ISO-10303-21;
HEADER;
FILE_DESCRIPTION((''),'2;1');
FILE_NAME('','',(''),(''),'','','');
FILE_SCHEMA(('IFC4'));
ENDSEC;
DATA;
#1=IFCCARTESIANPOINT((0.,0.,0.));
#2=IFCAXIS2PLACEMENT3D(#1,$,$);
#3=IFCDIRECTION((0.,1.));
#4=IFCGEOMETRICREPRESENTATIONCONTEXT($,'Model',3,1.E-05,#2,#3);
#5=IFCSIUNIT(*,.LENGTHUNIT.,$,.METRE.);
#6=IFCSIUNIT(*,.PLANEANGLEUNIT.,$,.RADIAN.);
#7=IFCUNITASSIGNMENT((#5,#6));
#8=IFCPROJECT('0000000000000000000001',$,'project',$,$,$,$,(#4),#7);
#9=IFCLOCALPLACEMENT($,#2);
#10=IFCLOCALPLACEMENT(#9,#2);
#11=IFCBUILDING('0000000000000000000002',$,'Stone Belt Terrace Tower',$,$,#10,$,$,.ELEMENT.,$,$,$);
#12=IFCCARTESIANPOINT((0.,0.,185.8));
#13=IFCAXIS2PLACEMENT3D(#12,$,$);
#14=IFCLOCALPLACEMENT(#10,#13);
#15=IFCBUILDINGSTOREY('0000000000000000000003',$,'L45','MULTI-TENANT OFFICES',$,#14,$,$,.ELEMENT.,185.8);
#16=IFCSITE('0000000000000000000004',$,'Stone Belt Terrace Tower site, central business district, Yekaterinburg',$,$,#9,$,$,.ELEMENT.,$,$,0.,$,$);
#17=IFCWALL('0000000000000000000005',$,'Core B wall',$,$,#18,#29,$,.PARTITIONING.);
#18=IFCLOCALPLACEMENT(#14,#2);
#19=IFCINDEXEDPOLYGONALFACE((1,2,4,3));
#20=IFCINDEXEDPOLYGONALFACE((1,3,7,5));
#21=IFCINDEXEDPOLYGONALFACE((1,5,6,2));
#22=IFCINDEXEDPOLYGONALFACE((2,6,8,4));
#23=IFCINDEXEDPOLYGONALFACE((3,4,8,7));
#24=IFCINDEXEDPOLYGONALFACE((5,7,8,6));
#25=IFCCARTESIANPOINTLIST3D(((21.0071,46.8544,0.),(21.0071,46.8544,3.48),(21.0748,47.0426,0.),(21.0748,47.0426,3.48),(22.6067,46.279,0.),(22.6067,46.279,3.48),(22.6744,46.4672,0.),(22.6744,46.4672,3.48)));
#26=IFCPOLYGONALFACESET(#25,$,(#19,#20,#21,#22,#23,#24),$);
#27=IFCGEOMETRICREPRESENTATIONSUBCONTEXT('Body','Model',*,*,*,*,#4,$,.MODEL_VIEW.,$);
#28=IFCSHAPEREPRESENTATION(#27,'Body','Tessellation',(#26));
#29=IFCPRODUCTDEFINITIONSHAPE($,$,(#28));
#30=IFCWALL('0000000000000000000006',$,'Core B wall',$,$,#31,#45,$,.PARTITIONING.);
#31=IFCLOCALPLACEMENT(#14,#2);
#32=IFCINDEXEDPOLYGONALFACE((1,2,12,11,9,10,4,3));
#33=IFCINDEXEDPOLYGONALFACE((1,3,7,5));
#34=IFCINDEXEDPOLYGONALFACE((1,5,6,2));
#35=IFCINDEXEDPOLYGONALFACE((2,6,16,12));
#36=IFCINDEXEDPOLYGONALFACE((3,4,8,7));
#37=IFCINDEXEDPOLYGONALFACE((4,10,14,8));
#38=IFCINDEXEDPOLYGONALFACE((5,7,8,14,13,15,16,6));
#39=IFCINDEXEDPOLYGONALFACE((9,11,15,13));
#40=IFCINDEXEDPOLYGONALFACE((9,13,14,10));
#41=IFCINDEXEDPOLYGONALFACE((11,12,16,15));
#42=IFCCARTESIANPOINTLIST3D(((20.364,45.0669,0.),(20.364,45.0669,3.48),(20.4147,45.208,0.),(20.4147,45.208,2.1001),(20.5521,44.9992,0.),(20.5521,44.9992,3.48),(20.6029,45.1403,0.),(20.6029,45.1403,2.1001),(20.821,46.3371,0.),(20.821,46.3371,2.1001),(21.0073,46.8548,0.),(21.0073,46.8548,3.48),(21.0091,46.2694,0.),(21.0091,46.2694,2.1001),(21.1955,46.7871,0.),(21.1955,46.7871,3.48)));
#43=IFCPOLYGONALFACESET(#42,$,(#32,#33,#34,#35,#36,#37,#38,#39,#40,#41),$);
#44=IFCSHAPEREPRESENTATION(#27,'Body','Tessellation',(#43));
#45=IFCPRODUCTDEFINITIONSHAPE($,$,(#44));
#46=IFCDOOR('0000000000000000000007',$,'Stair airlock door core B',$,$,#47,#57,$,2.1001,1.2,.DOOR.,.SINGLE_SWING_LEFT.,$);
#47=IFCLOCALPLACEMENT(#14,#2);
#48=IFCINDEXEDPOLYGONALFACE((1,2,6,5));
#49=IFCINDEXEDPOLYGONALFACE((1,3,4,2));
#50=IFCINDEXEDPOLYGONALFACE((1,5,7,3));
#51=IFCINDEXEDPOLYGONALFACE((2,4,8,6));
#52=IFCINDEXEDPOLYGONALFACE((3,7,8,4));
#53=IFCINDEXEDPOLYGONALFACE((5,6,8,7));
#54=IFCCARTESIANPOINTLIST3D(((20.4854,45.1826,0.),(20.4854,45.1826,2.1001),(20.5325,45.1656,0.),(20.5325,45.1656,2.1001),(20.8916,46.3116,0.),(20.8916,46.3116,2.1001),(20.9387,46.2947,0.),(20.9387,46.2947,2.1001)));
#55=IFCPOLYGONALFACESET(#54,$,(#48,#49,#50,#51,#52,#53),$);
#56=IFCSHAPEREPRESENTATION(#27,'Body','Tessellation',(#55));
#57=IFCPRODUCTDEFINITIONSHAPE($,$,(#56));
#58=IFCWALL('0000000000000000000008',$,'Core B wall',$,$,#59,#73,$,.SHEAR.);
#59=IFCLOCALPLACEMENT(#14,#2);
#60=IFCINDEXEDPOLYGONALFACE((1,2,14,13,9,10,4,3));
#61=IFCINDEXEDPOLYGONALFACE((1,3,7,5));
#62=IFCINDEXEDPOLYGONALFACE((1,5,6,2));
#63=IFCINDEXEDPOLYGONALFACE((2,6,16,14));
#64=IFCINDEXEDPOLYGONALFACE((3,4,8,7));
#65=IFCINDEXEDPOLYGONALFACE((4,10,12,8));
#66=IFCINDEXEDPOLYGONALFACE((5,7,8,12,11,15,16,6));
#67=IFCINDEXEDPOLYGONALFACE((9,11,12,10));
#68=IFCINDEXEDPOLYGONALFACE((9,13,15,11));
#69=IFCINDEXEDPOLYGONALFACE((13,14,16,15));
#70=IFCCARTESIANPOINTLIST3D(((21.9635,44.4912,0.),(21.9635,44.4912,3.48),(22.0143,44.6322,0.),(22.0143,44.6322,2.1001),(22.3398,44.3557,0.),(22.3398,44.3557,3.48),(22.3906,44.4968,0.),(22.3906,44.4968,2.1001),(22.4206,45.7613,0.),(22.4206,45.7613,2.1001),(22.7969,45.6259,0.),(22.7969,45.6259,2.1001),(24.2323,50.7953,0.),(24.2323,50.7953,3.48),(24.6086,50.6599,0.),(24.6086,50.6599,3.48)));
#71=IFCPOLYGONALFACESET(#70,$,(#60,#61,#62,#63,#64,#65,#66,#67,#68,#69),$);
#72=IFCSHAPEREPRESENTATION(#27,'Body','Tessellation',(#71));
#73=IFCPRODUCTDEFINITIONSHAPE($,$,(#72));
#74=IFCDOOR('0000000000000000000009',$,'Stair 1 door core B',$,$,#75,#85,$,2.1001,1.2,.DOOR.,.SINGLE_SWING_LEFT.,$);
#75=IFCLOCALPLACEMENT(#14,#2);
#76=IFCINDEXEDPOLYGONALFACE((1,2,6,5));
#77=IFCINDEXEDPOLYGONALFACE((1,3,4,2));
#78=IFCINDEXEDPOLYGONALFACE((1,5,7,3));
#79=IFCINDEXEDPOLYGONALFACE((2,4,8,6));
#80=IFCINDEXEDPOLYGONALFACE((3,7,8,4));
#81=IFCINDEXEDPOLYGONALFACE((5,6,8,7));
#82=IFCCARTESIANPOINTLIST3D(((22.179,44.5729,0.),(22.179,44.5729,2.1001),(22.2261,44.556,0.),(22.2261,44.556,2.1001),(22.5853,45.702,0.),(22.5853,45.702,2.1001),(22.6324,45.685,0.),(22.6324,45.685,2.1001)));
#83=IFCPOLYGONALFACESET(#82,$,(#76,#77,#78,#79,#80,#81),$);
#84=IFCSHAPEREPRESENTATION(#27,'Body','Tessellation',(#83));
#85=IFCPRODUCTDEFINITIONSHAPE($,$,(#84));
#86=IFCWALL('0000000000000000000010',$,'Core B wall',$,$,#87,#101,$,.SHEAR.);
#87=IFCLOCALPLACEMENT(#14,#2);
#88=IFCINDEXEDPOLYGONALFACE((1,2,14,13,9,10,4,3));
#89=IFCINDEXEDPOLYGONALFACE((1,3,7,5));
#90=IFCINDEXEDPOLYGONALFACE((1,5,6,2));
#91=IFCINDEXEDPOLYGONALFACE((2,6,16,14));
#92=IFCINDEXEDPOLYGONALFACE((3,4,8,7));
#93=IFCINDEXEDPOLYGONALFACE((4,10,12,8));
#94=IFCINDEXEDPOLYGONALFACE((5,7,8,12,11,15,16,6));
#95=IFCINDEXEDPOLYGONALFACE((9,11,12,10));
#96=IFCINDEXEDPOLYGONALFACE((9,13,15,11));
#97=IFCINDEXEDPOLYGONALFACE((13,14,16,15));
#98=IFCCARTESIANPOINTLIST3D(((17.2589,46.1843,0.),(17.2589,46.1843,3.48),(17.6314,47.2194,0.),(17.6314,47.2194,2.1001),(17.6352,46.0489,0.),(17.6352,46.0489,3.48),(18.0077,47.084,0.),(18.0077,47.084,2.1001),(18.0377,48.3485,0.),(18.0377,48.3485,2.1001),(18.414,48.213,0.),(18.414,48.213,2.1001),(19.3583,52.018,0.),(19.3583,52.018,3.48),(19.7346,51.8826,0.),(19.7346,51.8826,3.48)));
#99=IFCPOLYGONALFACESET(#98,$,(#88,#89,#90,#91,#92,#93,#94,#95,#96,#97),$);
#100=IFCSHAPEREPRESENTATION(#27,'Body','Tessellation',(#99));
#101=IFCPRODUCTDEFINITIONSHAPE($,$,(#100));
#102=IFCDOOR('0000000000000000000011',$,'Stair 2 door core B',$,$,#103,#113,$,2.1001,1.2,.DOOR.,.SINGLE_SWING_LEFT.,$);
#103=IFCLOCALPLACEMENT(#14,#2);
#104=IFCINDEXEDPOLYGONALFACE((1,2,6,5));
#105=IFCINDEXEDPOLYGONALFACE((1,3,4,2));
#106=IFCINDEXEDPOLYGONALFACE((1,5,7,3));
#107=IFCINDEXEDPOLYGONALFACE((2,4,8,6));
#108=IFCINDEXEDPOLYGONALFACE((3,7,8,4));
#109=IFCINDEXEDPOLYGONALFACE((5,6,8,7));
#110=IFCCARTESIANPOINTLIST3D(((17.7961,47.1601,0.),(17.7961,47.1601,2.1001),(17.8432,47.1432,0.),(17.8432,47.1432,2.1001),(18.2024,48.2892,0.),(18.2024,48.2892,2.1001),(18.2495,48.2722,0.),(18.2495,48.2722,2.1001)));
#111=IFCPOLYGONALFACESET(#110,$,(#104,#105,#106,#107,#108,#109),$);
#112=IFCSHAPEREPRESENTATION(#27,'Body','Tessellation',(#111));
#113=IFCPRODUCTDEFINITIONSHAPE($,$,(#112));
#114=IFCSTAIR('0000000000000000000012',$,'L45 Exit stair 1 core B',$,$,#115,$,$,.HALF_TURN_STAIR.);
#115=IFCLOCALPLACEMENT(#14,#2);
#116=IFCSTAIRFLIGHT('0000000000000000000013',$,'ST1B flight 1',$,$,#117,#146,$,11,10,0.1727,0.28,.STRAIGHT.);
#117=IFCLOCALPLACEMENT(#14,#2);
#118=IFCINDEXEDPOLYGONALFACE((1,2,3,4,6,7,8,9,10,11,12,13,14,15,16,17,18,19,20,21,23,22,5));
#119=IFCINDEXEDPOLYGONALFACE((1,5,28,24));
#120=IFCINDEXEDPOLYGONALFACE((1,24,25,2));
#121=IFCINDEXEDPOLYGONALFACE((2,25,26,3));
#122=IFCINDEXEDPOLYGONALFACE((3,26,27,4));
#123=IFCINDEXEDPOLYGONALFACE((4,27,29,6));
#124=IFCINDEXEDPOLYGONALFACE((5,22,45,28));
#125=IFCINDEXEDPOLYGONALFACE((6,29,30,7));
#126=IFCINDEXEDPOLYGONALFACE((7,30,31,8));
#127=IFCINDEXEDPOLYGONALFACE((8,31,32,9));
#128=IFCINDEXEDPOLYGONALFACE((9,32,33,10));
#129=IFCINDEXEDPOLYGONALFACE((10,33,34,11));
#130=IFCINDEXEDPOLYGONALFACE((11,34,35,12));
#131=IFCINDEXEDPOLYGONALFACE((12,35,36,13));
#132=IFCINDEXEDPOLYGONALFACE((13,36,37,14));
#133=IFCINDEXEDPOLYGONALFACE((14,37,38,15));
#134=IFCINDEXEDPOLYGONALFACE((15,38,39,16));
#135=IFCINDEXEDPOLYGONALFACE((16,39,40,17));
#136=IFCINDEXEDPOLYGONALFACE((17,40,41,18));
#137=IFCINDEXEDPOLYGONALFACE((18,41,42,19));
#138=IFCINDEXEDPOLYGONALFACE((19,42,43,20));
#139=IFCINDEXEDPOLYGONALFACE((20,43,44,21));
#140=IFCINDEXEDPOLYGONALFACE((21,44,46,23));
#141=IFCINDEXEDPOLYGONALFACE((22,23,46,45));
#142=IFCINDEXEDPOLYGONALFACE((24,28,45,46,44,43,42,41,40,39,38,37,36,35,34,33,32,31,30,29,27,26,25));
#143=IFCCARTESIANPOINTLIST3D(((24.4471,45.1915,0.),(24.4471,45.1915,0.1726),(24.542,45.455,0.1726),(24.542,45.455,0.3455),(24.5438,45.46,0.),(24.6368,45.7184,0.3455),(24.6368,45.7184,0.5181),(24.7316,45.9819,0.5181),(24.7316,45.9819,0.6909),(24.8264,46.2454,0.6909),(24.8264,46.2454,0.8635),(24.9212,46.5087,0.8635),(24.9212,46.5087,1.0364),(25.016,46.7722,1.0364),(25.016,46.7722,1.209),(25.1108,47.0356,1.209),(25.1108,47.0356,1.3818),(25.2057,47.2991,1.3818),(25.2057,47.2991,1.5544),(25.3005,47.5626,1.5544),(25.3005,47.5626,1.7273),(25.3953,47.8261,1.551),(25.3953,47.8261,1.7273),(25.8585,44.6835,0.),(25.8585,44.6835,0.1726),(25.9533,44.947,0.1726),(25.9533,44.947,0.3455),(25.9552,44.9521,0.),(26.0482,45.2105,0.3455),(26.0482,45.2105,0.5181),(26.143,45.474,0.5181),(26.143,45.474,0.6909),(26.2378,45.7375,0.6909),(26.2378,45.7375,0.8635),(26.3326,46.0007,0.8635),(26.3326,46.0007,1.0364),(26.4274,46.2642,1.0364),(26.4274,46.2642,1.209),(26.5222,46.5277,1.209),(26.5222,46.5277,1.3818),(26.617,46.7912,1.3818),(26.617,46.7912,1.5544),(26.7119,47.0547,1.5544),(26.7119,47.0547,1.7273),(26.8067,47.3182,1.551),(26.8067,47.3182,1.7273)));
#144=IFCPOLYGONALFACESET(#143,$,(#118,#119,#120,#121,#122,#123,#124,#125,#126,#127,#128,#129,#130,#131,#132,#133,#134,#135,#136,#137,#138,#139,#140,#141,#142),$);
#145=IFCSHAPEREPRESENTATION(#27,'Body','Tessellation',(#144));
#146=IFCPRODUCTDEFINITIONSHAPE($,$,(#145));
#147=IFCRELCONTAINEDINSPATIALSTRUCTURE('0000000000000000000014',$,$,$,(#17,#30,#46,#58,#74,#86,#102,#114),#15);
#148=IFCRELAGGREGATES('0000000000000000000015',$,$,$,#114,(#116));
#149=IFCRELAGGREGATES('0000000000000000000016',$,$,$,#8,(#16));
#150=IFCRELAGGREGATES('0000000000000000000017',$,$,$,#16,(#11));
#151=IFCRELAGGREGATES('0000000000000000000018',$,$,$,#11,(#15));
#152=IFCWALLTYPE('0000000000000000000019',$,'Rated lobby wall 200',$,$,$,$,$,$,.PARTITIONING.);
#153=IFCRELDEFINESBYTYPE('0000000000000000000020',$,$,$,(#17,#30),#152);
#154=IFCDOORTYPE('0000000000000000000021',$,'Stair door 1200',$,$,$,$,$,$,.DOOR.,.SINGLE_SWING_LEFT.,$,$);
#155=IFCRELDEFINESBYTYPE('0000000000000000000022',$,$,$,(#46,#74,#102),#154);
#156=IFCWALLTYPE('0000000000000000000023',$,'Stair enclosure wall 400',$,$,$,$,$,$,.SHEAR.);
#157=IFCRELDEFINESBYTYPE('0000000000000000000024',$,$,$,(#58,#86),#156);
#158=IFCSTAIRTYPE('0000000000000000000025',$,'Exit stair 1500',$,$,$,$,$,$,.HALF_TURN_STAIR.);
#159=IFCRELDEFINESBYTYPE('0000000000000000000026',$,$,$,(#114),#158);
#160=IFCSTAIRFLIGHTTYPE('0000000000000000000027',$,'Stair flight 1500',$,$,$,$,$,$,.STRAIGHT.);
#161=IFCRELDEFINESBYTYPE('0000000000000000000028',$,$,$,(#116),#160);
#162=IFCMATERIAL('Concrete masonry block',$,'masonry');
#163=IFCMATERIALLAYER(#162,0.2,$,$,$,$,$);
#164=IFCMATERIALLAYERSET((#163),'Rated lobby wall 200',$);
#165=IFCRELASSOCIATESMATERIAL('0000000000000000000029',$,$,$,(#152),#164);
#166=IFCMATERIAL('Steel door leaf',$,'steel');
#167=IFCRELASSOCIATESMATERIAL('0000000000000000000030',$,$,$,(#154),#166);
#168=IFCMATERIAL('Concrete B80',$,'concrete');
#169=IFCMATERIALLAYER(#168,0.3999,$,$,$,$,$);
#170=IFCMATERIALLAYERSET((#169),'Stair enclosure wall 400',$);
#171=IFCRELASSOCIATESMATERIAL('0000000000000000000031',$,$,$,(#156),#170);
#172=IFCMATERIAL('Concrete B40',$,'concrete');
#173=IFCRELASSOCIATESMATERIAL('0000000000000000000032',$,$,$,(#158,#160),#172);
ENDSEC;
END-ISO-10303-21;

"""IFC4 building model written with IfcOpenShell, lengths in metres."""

from ifc_helpers import new_model, si_unit, direction, frame, frame_2d, origin, place, context, subcontext, project, spatial, polyline, rectangle, outline, extrude, material, layer, layer_set, type_object, element, fill, aggregate, save


model = new_model("IFC4")

# Units and contexts
model_context = context("Model", 3, precision=1e-05, world=origin(), true_north=direction((0.0, 1.0)))
body_context = subcontext(model_context, "Body", "Model", "MODEL_VIEW")
ifc_project = project(units=[si_unit("LENGTHUNIT", "METRE"), si_unit("PLANEANGLEUNIT", "RADIAN")], contexts=[model_context])

# Site, building, storey
site_placement = place(None, origin())
site = spatial("IfcSite", under=ifc_project, at=site_placement, Name="Stone Belt Terrace Tower site, central business district, Yekaterinburg", CompositionType="ELEMENT", RefElevation=0.0)
building_placement = place(site_placement, origin())
building = spatial("IfcBuilding", under=site, at=building_placement, Name="Stone Belt Terrace Tower", CompositionType="ELEMENT")
storey_placement = place(building_placement, frame((0.0, 0.0, 185.8)))
storey = spatial("IfcBuildingStorey", under=building, at=storey_placement, Name="L45", Description="MULTI-TENANT OFFICES", CompositionType="ELEMENT", Elevation=185.8)

# Shared definitions
ifc_material_1 = material(Name="Concrete B80", Category="concrete")

# Wall
ifc_material_2 = material(Name="Concrete masonry block", Category="masonry")
ifc_layer_1 = layer(ifc_material_2, 0.2)
ifc_layer_set_1 = layer_set([ifc_layer_1], Name="Rated lobby wall 200")
wall_type_1 = type_object("IfcWallType", Name="Rated lobby wall 200", PredefinedType="PARTITIONING", material=ifc_layer_set_1)
wall_1_placement = place(storey_placement, frame((22.6406, 46.373, 0.0), z_axis=(0.0, 0.0, 1.0), x_axis=(-0.940966, 0.338501, 0.0)))
element("IfcWall", 1, at=wall_1_placement, inside=storey, type_object=wall_type_1, Name="Core B wall", PredefinedType="PARTITIONING", context=body_context, shape_type="SweptSolid", body=[
    extrude(rectangle(XDim=1.7, YDim=0.2, at=frame_2d((0.8501, 0.0))), origin(), (0.0, 0.0, 1.0), 3.48),
])

# Walls, openings, doors
wall_2_placement = place(storey_placement, frame((20.458, 45.033, 0.0), z_axis=(0.0, 0.0, 1.0), x_axis=(0.338574, 0.94094, 0.0)))
wall_2 = element("IfcWall", 2, at=wall_2_placement, inside=storey, type_object=wall_type_1, Name="Core B wall", PredefinedType="PARTITIONING", context=body_context, shape_type="SweptSolid", body=[
    extrude(rectangle(XDim=1.9001, YDim=0.2, at=frame_2d((0.9502, 0.0))), origin(), (0.0, 0.0, 1.0), 3.48),
])
opening_1_placement = place(wall_2_placement, frame((0.1499, 0.0, 0.0)))
opening_1 = element("IfcOpeningElement", 3, at=opening_1_placement, cuts=wall_2, PredefinedType="OPENING", context=body_context, shape_type="SweptSolid", body=[
    extrude(rectangle(XDim=1.2, YDim=2.1001, at=frame_2d((0.6001, 1.05))), frame((0.0, 0.1099, 0.0), z_axis=(0.0, -1.0, 0.0), x_axis=(1.0, 0.0, 0.0)), (0.0, 0.0, 1.0), 0.22),
])
ifc_material_3 = material(Name="Steel door leaf", Category="steel")
door_type_1 = type_object("IfcDoorType", Name="Stair door 1200", OperationType="SINGLE_SWING_LEFT", PredefinedType="DOOR", material=ifc_material_3)
door_1_placement = place(opening_1_placement, origin())
door_1 = element("IfcDoor", 4, at=door_1_placement, inside=storey, type_object=door_type_1, Name="Stair airlock door core B", OperationType="SINGLE_SWING_LEFT", OverallHeight=2.1001, OverallWidth=1.2, PredefinedType="DOOR", context=body_context, shape_type="SweptSolid", body=[
    extrude(rectangle(XDim=1.2, YDim=2.1001, at=frame_2d((0.6001, 1.05))), frame((0.0, 0.0249, 0.0), z_axis=(0.0, -1.0, 0.0), x_axis=(1.0, 0.0, 0.0)), (0.0, 0.0, 1.0), 0.05),
])
fill(opening_1, door_1)
ifc_layer_2 = layer(ifc_material_1, 0.3999)
ifc_layer_set_2 = layer_set([ifc_layer_2], Name="Stair enclosure wall 400")
wall_type_2 = type_object("IfcWallType", Name="Stair enclosure wall 400", PredefinedType="SHEAR", material=ifc_layer_set_2)
wall_3_placement = place(storey_placement, frame((22.1516, 44.4233, 0.0), z_axis=(0.0, 0.0, 1.0), x_axis=(0.338625, 0.940921, 0.0)))
wall_3 = element("IfcWall", 5, at=wall_3_placement, inside=storey, type_object=wall_type_2, Name="Core B wall", PredefinedType="SHEAR", context=body_context, shape_type="SweptSolid", body=[
    extrude(rectangle(XDim=6.7, YDim=0.3999, at=frame_2d((3.3501, 0.0))), origin(), (0.0, 0.0, 1.0), 3.48),
])
opening_2_placement = place(wall_3_placement, frame((0.1499, 0.0, 0.0)))
opening_2 = element("IfcOpeningElement", 6, at=opening_2_placement, cuts=wall_3, PredefinedType="OPENING", context=body_context, shape_type="SweptSolid", body=[
    extrude(rectangle(XDim=1.2, YDim=2.1001, at=frame_2d((0.6001, 1.05))), frame((0.0, 0.21, 0.0), z_axis=(0.0, -1.0, 0.0), x_axis=(1.0, 0.0, 0.0)), (0.0, 0.0, 1.0), 0.4199),
])
door_2_placement = place(opening_2_placement, origin())
door_2 = element("IfcDoor", 7, at=door_2_placement, inside=storey, type_object=door_type_1, Name="Stair 1 door core B", OperationType="SINGLE_SWING_LEFT", OverallHeight=2.1001, OverallWidth=1.2, PredefinedType="DOOR", context=body_context, shape_type="SweptSolid", body=[
    extrude(rectangle(XDim=1.2, YDim=2.1001, at=frame_2d((0.6001, 1.05))), frame((0.0, 0.0249, 0.0), z_axis=(0.0, -1.0, 0.0), x_axis=(1.0, 0.0, 0.0)), (0.0, 0.0, 1.0), 0.05),
])
fill(opening_2, door_2)
wall_4_placement = place(storey_placement, frame((17.447, 46.1165, 0.0), z_axis=(0.0, 0.0, 1.0), x_axis=(0.338608, 0.940928, 0.0)))
wall_4 = element("IfcWall", 8, at=wall_4_placement, inside=storey, type_object=wall_type_2, Name="Core B wall", PredefinedType="SHEAR", context=body_context, shape_type="SweptSolid", body=[
    extrude(rectangle(XDim=6.2, YDim=0.3999, at=frame_2d((3.1001, 0.0))), origin(), (0.0, 0.0, 1.0), 3.48),
])
opening_3_placement = place(wall_4_placement, frame((1.1001, 0.0, 0.0)))
opening_3 = element("IfcOpeningElement", 9, at=opening_3_placement, cuts=wall_4, PredefinedType="OPENING", context=body_context, shape_type="SweptSolid", body=[
    extrude(rectangle(XDim=1.2, YDim=2.1001, at=frame_2d((0.6001, 1.05))), frame((0.0, 0.21, 0.0), z_axis=(0.0, -1.0, 0.0), x_axis=(1.0, 0.0, 0.0)), (0.0, 0.0, 1.0), 0.4199),
])
door_3_placement = place(opening_3_placement, origin())
door_3 = element("IfcDoor", 10, at=door_3_placement, inside=storey, type_object=door_type_1, Name="Stair 2 door core B", OperationType="SINGLE_SWING_LEFT", OverallHeight=2.1001, OverallWidth=1.2, PredefinedType="DOOR", context=body_context, shape_type="SweptSolid", body=[
    extrude(rectangle(XDim=1.2, YDim=2.1001, at=frame_2d((0.6001, 1.05))), frame((0.0, 0.0249, 0.0), z_axis=(0.0, -1.0, 0.0), x_axis=(1.0, 0.0, 0.0)), (0.0, 0.0, 1.0), 0.05),
])
fill(opening_3, door_3)

# Stair, stair flight
ifc_material_4 = material(Name="Concrete B40", Category="concrete")
stair_type = type_object("IfcStairType", Name="Exit stair 1500", PredefinedType="HALF_TURN_STAIR", material=ifc_material_4)
stair_placement = place(storey_placement, origin())
stair = element("IfcStair", 11, at=stair_placement, inside=storey, type_object=stair_type, Name="L45 Exit stair 1 core B", PredefinedType="HALF_TURN_STAIR")
stair_flight_type = type_object("IfcStairFlightType", Name="Stair flight 1500", PredefinedType="STRAIGHT", material=ifc_material_4)
stair_flight_placement = place(storey_placement, frame((25.1528, 44.9375, 0.0), z_axis=(0.0, 0.0, 1.0), x_axis=(0.338624, 0.940922, 0.0)))
stair_flight = element("IfcStairFlight", 12, at=stair_flight_placement, type_object=stair_flight_type, Name="ST1B flight 1", NumberOfRisers=11, NumberOfTreads=10, PredefinedType="STRAIGHT", RiserHeight=0.1727, TreadLength=0.28, context=body_context, shape_type="SweptSolid", body=[
    extrude(outline(polyline([(0.0, 0.0), (0.0, 0.1726), (0.28, 0.1726), (0.28, 0.3455), (0.5601, 0.3455), (0.5601, 0.5181), (0.8401, 0.5181), (0.8401, 0.6909), (1.1201, 0.6909), (1.1201, 0.8635), (1.3999, 0.8635), (1.3999, 1.0364), (1.6799, 1.0364), (1.6799, 1.209), (1.96, 1.209), (1.96, 1.3818), (2.24, 1.3818), (2.24, 1.5544), (2.52, 1.5544), (2.52, 1.7273), (2.8, 1.7273), (2.8, 1.8999), (2.8, 1.551), (0.2854, 0.0), (0.0, 0.0)])), frame((0.0, 0.75, 0.0), z_axis=(0.0, -1.0, 0.0), x_axis=(1.0, 0.0, 0.0)), (0.0, 0.0, 1.0), 1.5),
])
aggregate(stair, [stair_flight])

save(model, "model.ifc")
